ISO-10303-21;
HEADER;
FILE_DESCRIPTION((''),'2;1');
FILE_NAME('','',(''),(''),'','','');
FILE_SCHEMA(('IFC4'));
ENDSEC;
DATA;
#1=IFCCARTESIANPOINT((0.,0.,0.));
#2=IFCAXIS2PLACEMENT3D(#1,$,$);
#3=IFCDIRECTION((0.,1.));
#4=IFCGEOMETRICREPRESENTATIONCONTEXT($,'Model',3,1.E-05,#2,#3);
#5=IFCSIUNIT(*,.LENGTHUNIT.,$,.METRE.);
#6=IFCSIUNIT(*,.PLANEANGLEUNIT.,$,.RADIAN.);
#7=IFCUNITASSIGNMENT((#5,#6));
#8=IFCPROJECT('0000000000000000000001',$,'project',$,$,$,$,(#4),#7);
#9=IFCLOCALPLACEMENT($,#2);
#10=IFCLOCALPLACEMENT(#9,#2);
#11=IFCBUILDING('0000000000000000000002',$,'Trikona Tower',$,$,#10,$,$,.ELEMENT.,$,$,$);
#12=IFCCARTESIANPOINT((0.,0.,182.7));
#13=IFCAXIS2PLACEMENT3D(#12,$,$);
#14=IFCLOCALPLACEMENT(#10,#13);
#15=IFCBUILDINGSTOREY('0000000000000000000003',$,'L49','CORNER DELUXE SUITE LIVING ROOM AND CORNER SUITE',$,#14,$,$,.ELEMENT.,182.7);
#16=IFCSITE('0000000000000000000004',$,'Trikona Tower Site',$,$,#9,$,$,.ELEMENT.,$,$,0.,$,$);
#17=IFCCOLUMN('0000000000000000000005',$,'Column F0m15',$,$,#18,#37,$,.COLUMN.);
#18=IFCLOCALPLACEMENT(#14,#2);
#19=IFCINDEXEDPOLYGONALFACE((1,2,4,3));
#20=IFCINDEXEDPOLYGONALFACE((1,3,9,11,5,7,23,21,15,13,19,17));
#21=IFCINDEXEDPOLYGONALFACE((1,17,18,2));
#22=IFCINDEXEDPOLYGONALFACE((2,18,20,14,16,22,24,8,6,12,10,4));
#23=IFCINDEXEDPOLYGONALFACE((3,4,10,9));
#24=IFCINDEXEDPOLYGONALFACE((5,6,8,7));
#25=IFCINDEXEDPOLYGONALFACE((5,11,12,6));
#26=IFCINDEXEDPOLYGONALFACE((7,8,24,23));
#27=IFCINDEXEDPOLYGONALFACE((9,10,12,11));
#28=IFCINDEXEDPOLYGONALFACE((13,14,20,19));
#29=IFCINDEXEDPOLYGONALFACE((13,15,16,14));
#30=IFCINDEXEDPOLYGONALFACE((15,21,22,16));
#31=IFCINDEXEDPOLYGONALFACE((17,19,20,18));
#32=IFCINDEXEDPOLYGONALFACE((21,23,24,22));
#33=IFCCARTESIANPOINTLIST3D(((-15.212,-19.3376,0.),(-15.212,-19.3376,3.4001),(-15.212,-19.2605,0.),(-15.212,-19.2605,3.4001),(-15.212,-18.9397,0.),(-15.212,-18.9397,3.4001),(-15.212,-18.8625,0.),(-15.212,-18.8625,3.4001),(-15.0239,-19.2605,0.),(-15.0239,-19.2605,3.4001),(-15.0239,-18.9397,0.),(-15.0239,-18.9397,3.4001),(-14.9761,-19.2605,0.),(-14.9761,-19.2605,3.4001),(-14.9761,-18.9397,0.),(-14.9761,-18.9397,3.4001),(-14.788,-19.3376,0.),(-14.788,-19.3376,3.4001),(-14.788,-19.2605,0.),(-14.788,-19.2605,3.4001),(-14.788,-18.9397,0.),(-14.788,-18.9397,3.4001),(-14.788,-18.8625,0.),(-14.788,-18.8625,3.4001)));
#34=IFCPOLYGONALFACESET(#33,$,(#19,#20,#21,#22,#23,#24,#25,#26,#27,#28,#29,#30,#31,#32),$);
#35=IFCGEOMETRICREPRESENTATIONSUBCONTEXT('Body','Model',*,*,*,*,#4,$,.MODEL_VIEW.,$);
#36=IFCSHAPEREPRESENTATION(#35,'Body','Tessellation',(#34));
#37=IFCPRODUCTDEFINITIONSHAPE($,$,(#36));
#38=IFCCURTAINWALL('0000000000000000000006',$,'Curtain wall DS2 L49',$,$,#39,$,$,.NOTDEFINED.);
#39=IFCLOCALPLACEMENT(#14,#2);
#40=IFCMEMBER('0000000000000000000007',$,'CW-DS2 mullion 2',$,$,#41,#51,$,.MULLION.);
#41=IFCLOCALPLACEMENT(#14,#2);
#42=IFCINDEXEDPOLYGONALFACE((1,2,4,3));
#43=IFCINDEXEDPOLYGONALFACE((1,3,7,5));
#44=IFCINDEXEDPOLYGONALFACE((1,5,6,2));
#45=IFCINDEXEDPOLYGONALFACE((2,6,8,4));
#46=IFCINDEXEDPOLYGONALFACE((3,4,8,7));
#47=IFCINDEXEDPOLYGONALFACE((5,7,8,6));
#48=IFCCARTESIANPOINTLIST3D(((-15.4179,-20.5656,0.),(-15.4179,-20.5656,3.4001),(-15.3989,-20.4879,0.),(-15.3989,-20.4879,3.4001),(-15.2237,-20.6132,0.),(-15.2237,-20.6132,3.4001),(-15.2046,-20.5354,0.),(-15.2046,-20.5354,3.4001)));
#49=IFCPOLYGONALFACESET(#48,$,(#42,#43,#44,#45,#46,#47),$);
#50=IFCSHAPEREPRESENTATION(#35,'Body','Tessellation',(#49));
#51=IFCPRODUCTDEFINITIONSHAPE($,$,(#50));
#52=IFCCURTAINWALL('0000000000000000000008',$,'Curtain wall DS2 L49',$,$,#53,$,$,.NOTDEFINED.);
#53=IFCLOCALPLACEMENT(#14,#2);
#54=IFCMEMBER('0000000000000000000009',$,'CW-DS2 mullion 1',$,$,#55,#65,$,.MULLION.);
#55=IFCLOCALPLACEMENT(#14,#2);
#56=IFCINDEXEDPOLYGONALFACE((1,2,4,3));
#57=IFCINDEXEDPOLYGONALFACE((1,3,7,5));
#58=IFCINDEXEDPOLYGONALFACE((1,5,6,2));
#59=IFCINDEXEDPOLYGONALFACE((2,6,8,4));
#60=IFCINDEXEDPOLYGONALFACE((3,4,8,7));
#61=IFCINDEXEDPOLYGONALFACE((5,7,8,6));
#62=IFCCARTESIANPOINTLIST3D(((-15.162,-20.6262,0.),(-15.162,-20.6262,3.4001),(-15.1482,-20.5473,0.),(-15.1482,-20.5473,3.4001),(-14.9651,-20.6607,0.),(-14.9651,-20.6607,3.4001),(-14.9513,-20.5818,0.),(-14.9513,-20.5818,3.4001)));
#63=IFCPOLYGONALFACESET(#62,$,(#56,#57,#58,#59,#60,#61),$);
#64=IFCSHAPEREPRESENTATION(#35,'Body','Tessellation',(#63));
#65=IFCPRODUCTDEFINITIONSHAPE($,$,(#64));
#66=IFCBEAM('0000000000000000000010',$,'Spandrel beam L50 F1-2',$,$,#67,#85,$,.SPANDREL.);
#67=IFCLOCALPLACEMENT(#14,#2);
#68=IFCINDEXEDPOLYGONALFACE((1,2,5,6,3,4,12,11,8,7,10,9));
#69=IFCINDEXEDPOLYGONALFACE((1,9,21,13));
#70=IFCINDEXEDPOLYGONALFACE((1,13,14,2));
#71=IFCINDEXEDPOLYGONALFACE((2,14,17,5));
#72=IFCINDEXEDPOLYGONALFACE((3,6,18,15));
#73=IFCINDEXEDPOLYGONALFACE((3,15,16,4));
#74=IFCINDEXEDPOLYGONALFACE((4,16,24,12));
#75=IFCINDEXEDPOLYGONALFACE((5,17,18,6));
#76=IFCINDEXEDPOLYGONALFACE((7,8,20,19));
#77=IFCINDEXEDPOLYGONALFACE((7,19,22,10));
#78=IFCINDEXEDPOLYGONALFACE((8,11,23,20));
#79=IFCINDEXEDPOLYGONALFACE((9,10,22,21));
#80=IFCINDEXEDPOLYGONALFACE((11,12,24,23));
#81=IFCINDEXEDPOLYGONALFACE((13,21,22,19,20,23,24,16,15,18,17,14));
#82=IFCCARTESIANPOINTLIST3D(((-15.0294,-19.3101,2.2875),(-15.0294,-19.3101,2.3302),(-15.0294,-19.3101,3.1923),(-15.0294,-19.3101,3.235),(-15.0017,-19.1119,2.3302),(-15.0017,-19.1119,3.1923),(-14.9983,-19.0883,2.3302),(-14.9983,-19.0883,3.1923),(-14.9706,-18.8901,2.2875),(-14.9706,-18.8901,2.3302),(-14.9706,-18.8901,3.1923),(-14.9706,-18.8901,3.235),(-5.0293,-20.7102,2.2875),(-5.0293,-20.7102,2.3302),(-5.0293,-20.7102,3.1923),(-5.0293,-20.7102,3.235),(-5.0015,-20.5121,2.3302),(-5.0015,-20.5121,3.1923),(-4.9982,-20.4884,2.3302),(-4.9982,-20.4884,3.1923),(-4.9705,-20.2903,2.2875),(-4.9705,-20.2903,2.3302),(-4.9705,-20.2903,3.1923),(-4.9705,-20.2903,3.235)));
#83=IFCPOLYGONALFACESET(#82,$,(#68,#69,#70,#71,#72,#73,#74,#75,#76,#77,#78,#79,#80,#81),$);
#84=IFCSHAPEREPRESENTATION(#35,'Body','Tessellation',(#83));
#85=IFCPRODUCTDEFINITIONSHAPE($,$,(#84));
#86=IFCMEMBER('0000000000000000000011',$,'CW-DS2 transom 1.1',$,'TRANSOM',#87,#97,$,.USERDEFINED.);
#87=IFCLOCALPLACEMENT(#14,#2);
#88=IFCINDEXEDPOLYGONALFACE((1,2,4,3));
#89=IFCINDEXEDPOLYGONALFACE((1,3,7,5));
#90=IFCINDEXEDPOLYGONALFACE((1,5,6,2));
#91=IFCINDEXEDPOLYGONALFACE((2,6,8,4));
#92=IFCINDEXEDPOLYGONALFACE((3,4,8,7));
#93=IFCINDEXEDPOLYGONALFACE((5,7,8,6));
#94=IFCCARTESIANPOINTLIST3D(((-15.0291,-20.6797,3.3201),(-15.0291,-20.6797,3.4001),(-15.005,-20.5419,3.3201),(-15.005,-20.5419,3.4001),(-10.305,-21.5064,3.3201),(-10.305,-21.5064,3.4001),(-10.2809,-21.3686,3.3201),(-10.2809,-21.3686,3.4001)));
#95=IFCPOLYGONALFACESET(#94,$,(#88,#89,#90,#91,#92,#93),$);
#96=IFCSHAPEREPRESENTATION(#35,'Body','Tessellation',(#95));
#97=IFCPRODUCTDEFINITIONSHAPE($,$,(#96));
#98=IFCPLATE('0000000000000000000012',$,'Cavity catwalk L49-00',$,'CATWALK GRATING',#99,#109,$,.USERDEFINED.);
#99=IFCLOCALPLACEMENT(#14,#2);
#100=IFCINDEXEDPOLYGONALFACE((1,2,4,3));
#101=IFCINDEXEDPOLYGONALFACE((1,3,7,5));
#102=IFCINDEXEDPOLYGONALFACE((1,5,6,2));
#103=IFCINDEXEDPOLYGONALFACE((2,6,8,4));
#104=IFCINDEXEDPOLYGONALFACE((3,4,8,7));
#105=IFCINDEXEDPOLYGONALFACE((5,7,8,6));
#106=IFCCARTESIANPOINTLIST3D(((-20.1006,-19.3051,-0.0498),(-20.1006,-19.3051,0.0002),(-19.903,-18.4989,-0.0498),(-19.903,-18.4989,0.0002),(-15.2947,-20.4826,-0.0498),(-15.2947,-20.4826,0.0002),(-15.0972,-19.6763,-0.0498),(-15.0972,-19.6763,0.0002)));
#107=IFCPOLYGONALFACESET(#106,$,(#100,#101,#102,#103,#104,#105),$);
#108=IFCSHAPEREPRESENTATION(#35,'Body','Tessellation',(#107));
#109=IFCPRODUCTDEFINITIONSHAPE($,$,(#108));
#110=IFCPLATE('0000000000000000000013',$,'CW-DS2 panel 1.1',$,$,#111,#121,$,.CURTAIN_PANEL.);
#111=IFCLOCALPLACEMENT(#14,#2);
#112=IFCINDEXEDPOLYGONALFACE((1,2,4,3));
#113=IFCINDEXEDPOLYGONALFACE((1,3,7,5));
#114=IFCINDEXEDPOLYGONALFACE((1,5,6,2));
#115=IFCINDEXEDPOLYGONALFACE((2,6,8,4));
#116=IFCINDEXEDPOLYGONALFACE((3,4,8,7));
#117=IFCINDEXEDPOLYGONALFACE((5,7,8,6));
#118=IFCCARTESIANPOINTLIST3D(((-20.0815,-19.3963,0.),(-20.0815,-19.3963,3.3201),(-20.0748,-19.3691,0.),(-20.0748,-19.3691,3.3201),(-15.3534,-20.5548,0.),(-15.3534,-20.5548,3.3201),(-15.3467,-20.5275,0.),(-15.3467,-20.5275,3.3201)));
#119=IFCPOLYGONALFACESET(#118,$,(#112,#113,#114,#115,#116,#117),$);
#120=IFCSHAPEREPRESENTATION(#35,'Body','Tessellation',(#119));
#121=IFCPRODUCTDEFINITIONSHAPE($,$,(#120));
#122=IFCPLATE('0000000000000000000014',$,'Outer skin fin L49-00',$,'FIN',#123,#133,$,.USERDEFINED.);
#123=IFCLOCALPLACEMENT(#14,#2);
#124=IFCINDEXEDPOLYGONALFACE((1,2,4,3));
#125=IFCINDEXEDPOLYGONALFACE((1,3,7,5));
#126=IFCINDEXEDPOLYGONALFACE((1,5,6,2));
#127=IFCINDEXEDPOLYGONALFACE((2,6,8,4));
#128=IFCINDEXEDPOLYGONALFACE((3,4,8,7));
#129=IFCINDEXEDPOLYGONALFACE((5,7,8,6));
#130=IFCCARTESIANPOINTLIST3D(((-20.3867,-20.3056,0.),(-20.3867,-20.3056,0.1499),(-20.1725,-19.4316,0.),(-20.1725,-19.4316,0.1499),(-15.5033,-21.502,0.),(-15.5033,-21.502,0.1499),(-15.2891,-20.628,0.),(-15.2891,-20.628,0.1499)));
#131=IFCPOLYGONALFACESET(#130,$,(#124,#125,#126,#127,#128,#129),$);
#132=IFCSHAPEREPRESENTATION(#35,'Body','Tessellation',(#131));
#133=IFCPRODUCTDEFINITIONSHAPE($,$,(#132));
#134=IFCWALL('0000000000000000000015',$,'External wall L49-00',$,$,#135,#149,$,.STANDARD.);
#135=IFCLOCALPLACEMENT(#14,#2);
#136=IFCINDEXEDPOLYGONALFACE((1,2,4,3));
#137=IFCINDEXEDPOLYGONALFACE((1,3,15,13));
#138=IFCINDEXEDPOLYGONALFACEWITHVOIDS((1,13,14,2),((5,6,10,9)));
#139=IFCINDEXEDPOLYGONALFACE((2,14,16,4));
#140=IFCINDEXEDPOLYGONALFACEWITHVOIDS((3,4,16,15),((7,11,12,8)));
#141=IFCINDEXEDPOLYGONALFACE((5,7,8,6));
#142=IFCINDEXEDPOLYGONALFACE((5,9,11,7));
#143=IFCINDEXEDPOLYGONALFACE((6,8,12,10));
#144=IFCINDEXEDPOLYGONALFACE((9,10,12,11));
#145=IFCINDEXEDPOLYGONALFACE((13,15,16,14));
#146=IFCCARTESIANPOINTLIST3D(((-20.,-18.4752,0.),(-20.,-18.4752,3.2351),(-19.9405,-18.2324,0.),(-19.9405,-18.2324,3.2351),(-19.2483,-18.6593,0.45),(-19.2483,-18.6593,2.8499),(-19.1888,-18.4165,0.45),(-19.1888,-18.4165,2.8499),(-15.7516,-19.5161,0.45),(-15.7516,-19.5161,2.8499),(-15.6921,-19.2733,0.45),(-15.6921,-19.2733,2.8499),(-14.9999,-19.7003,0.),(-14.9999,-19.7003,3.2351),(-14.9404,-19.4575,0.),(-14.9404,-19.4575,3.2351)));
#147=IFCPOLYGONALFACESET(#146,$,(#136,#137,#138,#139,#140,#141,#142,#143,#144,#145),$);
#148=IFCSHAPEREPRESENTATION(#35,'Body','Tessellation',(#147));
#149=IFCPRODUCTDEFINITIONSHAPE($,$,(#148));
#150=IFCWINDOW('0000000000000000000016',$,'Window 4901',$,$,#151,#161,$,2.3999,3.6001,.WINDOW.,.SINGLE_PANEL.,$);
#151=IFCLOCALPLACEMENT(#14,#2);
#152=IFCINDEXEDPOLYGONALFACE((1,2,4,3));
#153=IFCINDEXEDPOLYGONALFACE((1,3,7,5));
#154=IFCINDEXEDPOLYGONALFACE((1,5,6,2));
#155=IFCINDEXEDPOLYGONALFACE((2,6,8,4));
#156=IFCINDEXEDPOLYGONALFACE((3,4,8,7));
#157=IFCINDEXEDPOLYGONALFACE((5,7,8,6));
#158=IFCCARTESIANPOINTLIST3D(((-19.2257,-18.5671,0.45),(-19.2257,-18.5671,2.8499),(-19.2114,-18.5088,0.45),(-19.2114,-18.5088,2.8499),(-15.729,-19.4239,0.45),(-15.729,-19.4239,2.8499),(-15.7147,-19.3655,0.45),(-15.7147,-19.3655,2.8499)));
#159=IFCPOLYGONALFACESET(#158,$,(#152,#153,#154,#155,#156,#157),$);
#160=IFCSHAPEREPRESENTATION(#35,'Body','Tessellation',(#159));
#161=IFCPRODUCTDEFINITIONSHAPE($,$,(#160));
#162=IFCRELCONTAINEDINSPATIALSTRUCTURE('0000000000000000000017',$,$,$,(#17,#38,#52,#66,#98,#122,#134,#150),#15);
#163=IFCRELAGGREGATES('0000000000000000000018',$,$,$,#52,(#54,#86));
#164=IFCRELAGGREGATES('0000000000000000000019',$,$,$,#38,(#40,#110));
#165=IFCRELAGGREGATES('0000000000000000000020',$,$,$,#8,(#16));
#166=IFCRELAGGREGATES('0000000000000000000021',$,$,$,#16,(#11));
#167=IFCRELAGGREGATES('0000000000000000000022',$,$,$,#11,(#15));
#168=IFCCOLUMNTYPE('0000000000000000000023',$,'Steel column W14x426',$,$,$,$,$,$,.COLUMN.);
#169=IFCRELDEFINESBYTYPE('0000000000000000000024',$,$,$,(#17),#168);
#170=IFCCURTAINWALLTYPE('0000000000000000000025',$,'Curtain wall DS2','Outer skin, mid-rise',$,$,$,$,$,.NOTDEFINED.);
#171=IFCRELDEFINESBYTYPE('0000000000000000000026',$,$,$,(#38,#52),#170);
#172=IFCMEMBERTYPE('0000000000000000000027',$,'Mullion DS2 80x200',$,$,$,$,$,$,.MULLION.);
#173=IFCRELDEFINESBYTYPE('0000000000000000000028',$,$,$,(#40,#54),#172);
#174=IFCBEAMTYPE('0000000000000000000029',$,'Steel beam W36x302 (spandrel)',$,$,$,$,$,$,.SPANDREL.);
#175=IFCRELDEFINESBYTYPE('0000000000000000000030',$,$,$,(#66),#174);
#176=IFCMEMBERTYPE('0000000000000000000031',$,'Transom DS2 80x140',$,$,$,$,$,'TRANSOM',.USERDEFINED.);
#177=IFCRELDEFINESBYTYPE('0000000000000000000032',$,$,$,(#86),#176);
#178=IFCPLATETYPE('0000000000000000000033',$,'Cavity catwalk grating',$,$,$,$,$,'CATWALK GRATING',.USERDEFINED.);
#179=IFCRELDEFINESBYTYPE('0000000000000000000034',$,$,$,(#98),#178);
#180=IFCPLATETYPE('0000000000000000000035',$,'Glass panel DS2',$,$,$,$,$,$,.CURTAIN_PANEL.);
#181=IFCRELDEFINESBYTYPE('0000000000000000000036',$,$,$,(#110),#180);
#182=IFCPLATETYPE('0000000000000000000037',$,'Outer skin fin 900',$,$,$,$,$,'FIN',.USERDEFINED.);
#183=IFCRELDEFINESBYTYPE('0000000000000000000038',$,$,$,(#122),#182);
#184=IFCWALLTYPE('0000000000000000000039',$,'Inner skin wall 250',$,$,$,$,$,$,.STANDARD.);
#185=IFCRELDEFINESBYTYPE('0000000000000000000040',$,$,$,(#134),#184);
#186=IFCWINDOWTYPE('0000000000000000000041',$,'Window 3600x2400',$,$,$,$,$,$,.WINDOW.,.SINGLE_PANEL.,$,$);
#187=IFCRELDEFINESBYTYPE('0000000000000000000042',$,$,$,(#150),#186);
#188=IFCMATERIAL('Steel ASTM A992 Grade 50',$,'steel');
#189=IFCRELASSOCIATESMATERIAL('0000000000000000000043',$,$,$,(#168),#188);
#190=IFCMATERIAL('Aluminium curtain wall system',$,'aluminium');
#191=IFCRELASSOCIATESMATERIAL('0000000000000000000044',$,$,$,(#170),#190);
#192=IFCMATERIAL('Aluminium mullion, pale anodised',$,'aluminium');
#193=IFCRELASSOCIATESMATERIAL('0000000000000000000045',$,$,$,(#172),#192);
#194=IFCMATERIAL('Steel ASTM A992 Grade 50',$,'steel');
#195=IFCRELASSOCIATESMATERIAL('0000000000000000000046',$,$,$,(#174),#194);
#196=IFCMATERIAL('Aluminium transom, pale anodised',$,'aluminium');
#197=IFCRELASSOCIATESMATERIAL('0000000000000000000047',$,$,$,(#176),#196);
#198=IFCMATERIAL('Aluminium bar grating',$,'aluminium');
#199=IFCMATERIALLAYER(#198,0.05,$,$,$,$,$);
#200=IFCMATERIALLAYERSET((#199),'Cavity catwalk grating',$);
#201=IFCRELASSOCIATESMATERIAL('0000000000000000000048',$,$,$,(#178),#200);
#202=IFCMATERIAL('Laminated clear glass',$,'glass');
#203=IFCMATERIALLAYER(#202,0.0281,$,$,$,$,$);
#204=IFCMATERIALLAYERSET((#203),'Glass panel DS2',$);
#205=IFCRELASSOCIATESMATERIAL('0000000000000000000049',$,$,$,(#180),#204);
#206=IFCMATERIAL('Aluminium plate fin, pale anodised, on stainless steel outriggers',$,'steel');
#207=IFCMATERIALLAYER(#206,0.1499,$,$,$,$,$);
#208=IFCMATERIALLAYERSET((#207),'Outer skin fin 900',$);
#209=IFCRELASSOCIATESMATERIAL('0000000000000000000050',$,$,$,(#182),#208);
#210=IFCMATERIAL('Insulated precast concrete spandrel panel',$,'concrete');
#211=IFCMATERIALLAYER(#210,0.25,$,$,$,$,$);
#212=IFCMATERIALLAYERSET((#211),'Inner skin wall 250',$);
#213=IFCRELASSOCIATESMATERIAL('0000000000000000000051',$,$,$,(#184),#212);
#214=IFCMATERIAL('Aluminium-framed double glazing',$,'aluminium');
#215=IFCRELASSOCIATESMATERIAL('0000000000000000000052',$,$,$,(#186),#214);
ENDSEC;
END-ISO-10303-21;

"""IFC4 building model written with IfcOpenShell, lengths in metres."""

from ifc_helpers import new_model, si_unit, direction, frame, frame_2d, origin, origin_2d, place, context, subcontext, project, spatial, rectangle, i_section, extrude, material, layer, layer_set, material_profile, profile_set, type_object, element, fill, aggregate, save


model = new_model("IFC4")

# Units and contexts
model_context = context("Model", 3, precision=1e-05, world=origin(), true_north=direction((0.0, 1.0)))
body_context = subcontext(model_context, "Body", "Model", "MODEL_VIEW")
ifc_project = project(units=[si_unit("LENGTHUNIT", "METRE"), si_unit("PLANEANGLEUNIT", "RADIAN")], contexts=[model_context])

# Site, building, storey
site_placement = place(None, origin())
site = spatial("IfcSite", under=ifc_project, at=site_placement, Name="Trikona Tower Site", CompositionType="ELEMENT", RefElevation=0.0)
building_placement = place(site_placement, origin())
building = spatial("IfcBuilding", under=site, at=building_placement, Name="Trikona Tower", CompositionType="ELEMENT")
storey_placement = place(building_placement, frame((0.0, 0.0, 182.7)))
storey = spatial("IfcBuildingStorey", under=building, at=storey_placement, Name="L49", Description="CORNER DELUXE SUITE LIVING ROOM AND CORNER SUITE", CompositionType="ELEMENT", Elevation=182.7)

# Column
ifc_material_1 = material(Name="Steel ASTM A992 Grade 50", Category="steel")
ifc_material_profile_1 = material_profile(ifc_material_1, i_section(OverallWidth=0.4241, OverallDepth=0.4751, WebThickness=0.0479, FlangeThickness=0.0771, at=origin_2d()), Name="W14X426")
ifc_profile_set_1 = profile_set([ifc_material_profile_1], Name="Steel ASTM A992 Grade 50")
column_type = type_object("IfcColumnType", Name="Steel column W14x426", PredefinedType="COLUMN", material=ifc_profile_set_1)
column_placement = place(storey_placement, frame((-15.0, -19.1001, 0.0), z_axis=(0.0, 0.0, 1.0), x_axis=(1.0, 0.0, 0.0)))
element("IfcColumn", 1, at=column_placement, inside=storey, type_object=column_type, Name="Column F0m15", PredefinedType="COLUMN", context=body_context, shape_type="SweptSolid", body=[
    extrude(i_section(OverallWidth=0.4241, OverallDepth=0.4751, WebThickness=0.0479, FlangeThickness=0.0771, at=origin_2d()), origin(), (0.0, 0.0, 1.0), 3.4001),
])

# Curtain walls, members
ifc_material_2 = material(Name="Aluminium curtain wall system", Category="aluminium")
curtain_wall_type = type_object("IfcCurtainWallType", Name="Curtain wall DS2", Description="Outer skin, mid-rise", PredefinedType="NOTDEFINED", material=ifc_material_2)
curtain_wall_1_placement = place(storey_placement, origin())
curtain_wall_1 = element("IfcCurtainWall", 2, at=curtain_wall_1_placement, inside=storey, type_object=curtain_wall_type, Name="Curtain wall DS2 L49", PredefinedType="NOTDEFINED")
ifc_material_3 = material(Name="Aluminium mullion, pale anodised", Category="aluminium")
ifc_material_profile_2 = material_profile(ifc_material_3, rectangle(XDim=0.0801, YDim=0.2, at=origin_2d()), Name="MUL-DS2")
ifc_profile_set_2 = profile_set([ifc_material_profile_2], Name="Aluminium mullion, pale anodised")
member_type_1 = type_object("IfcMemberType", Name="Mullion DS2 80x200", PredefinedType="MULLION", material=ifc_profile_set_2)
member_1_placement = place(storey_placement, frame((-15.3113, -20.5505, 0.0), z_axis=(0.0, 0.0, 1.0), x_axis=(0.23797, 0.971272, 0.0)))
member_1 = element("IfcMember", 3, at=member_1_placement, type_object=member_type_1, Name="CW-DS2 mullion 2", PredefinedType="MULLION", context=body_context, shape_type="SweptSolid", body=[
    extrude(rectangle(XDim=0.0801, YDim=0.2, at=origin_2d()), origin(), (0.0, 0.0, 1.0), 3.4001),
])
curtain_wall_2_placement = place(storey_placement, origin())
curtain_wall_2 = element("IfcCurtainWall", 4, at=curtain_wall_2_placement, inside=storey, type_object=curtain_wall_type, Name="Curtain wall DS2 L49", PredefinedType="NOTDEFINED")
member_2_placement = place(storey_placement, frame((-15.0566, -20.604, 0.0), z_axis=(0.0, 0.0, 1.0), x_axis=(0.172377, 0.985031, 0.0)))
member_2 = element("IfcMember", 5, at=member_2_placement, type_object=member_type_1, Name="CW-DS2 mullion 1", PredefinedType="MULLION", context=body_context, shape_type="SweptSolid", body=[
    extrude(rectangle(XDim=0.0801, YDim=0.2, at=origin_2d()), origin(), (0.0, 0.0, 1.0), 3.4001),
])

# Beam
ifc_material_4 = material(Name="Steel ASTM A992 Grade 50", Category="steel")
ifc_material_profile_3 = material_profile(ifc_material_4, i_section(OverallWidth=0.4241, OverallDepth=0.9475, WebThickness=0.0239, FlangeThickness=0.0427, at=origin_2d()), Name="W36X302")
ifc_profile_set_3 = profile_set([ifc_material_profile_3], Name="Steel ASTM A992 Grade 50")
beam_type = type_object("IfcBeamType", Name="Steel beam W36x302 (spandrel)", PredefinedType="SPANDREL", material=ifc_profile_set_3)
beam_placement = place(storey_placement, frame((-15.0, -19.1001, 2.7612), z_axis=(0.99034, -0.138662, 0.0), x_axis=(0.138662, 0.99034, 0.0)))
element("IfcBeam", 6, at=beam_placement, inside=storey, type_object=beam_type, Name="Spandrel beam L50 F1-2", PredefinedType="SPANDREL", context=body_context, shape_type="SweptSolid", body=[
    extrude(i_section(OverallWidth=0.4241, OverallDepth=0.9475, WebThickness=0.0239, FlangeThickness=0.0427, at=origin_2d()), origin(), (0.0, 0.0, 1.0), 10.0977),
])

# Member
ifc_material_5 = material(Name="Aluminium transom, pale anodised", Category="aluminium")
ifc_material_profile_4 = material_profile(ifc_material_5, rectangle(XDim=0.1399, YDim=0.0801, at=origin_2d()), Name="TRN-DS2")
ifc_profile_set_4 = profile_set([ifc_material_profile_4], Name="Aluminium transom, pale anodised")
member_type_2 = type_object("IfcMemberType", Name="Transom DS2 80x140", ElementType="TRANSOM", PredefinedType="USERDEFINED", material=ifc_profile_set_4)
member_3_placement = place(storey_placement, frame((-15.0171, -20.6108, 3.3601), z_axis=(0.985033, -0.172368, 0.0), x_axis=(0.172368, 0.985033, 0.0)))
member_3 = element("IfcMember", 7, at=member_3_placement, type_object=member_type_2, Name="CW-DS2 transom 1.1", ObjectType="TRANSOM", PredefinedType="USERDEFINED", context=body_context, shape_type="SweptSolid", body=[
    extrude(rectangle(XDim=0.1399, YDim=0.0801, at=origin_2d()), origin(), (0.0, 0.0, 1.0), 4.7959),
])
aggregate(curtain_wall_2, [member_2, member_3])

# Plates
ifc_material_6 = material(Name="Aluminium bar grating", Category="aluminium")
ifc_layer_1 = layer(ifc_material_6, 0.05)
ifc_layer_set_1 = layer_set([ifc_layer_1], Name="Cavity catwalk grating")
plate_type_1 = type_object("IfcPlateType", Name="Cavity catwalk grating", ElementType="CATWALK GRATING", PredefinedType="USERDEFINED", material=ifc_layer_set_1)
plate_1_placement = place(storey_placement, frame((-17.5989, -19.4907, -0.0498), z_axis=(0.0, 0.0, 1.0), x_axis=(0.971274, -0.237962, 0.0)))
element("IfcPlate", 8, at=plate_1_placement, inside=storey, type_object=plate_type_1, Name="Cavity catwalk L49-00", ObjectType="CATWALK GRATING", PredefinedType="USERDEFINED", context=body_context, shape_type="SweptSolid", body=[
    extrude(rectangle(XDim=4.948, YDim=0.8301, at=origin_2d()), origin(), (0.0, 0.0, 1.0), 0.05),
])
ifc_material_7 = material(Name="Laminated clear glass", Category="glass")
ifc_layer_2 = layer(ifc_material_7, 0.0281)
ifc_layer_set_2 = layer_set([ifc_layer_2], Name="Glass panel DS2")
plate_type_2 = type_object("IfcPlateType", Name="Glass panel DS2", PredefinedType="CURTAIN_PANEL", material=ifc_layer_set_2)
plate_2_placement = place(storey_placement, frame((-17.7141, -19.9619, 0.0), z_axis=(0.0, 0.0, 1.0), x_axis=(0.971272, -0.23797, 0.0)))
plate_2 = element("IfcPlate", 9, at=plate_2_placement, type_object=plate_type_2, Name="CW-DS2 panel 1.1", PredefinedType="CURTAIN_PANEL", context=body_context, shape_type="SweptSolid", body=[
    extrude(rectangle(XDim=4.8679, YDim=0.0281, at=origin_2d()), origin(), (0.0, 0.0, 1.0), 3.3201),
])
aggregate(curtain_wall_1, [member_1, plate_2])
ifc_material_8 = material(Name="Aluminium plate fin, pale anodised, on stainless steel outriggers", Category="steel")
ifc_layer_3 = layer(ifc_material_8, 0.1499)
ifc_layer_set_3 = layer_set([ifc_layer_3], Name="Outer skin fin 900")
plate_type_3 = type_object("IfcPlateType", Name="Outer skin fin 900", ElementType="FIN", PredefinedType="USERDEFINED", material=ifc_layer_set_3)
plate_3_placement = place(storey_placement, frame((-17.8379, -20.4668, 0.0), z_axis=(0.0, 0.0, 1.0), x_axis=(0.971274, -0.237962, 0.0)))
element("IfcPlate", 10, at=plate_3_placement, inside=storey, type_object=plate_type_3, Name="Outer skin fin L49-00", ObjectType="FIN", PredefinedType="USERDEFINED", context=body_context, shape_type="SweptSolid", body=[
    extrude(rectangle(XDim=5.0278, YDim=0.8999, at=origin_2d()), origin(), (0.0, 0.0, 1.0), 0.1499),
])

# Wall, opening, window
ifc_material_9 = material(Name="Insulated precast concrete spandrel panel", Category="concrete")
ifc_layer_4 = layer(ifc_material_9, 0.25)
ifc_layer_set_4 = layer_set([ifc_layer_4], Name="Inner skin wall 250")
wall_type_1 = type_object("IfcWallType", Name="Inner skin wall 250", PredefinedType="STANDARD", material=ifc_layer_set_4)
wall_1_placement = place(storey_placement, frame((-19.9702, -18.3538, 0.0), z_axis=(0.0, 0.0, 1.0), x_axis=(0.97127, -0.23798, 0.0)))
wall_1 = element("IfcWall", 11, at=wall_1_placement, inside=storey, type_object=wall_type_1, Name="External wall L49-00", PredefinedType="STANDARD", context=body_context, shape_type="SweptSolid", body=[
    extrude(rectangle(XDim=5.1479, YDim=0.25, at=frame_2d((2.574, 0.0))), origin(), (0.0, 0.0, 1.0), 3.2351),
])
opening_1_placement = place(wall_1_placement, frame((0.7739, 0.0, 0.45)))
opening_1 = element("IfcOpeningElement", 12, at=opening_1_placement, cuts=wall_1, PredefinedType="OPENING", context=body_context, shape_type="SweptSolid", body=[
    extrude(rectangle(XDim=3.6001, YDim=2.3999, at=frame_2d((1.8, 1.2))), frame((0.0, 0.135, 0.0), z_axis=(0.0, -1.0, 0.0), x_axis=(1.0, 0.0, 0.0)), (0.0, 0.0, 1.0), 0.27),
])
ifc_material_10 = material(Name="Aluminium-framed double glazing", Category="aluminium")
window_type = type_object("IfcWindowType", Name="Window 3600x2400", PartitioningType="SINGLE_PANEL", PredefinedType="WINDOW", material=ifc_material_10)
window_1_placement = place(opening_1_placement, origin())
window_1 = element("IfcWindow", 13, at=window_1_placement, inside=storey, type_object=window_type, Name="Window 4901", OverallHeight=2.3999, OverallWidth=3.6001, PartitioningType="SINGLE_PANEL", PredefinedType="WINDOW", context=body_context, shape_type="SweptSolid", body=[
    extrude(rectangle(XDim=3.6001, YDim=2.3999, at=frame_2d((1.8, 1.2))), frame((0.0, 0.03, 0.0), z_axis=(0.0, -1.0, 0.0), x_axis=(1.0, 0.0, 0.0)), (0.0, 0.0, 1.0), 0.0601),
])
fill(opening_1, window_1)

save(model, "model.ifc")
